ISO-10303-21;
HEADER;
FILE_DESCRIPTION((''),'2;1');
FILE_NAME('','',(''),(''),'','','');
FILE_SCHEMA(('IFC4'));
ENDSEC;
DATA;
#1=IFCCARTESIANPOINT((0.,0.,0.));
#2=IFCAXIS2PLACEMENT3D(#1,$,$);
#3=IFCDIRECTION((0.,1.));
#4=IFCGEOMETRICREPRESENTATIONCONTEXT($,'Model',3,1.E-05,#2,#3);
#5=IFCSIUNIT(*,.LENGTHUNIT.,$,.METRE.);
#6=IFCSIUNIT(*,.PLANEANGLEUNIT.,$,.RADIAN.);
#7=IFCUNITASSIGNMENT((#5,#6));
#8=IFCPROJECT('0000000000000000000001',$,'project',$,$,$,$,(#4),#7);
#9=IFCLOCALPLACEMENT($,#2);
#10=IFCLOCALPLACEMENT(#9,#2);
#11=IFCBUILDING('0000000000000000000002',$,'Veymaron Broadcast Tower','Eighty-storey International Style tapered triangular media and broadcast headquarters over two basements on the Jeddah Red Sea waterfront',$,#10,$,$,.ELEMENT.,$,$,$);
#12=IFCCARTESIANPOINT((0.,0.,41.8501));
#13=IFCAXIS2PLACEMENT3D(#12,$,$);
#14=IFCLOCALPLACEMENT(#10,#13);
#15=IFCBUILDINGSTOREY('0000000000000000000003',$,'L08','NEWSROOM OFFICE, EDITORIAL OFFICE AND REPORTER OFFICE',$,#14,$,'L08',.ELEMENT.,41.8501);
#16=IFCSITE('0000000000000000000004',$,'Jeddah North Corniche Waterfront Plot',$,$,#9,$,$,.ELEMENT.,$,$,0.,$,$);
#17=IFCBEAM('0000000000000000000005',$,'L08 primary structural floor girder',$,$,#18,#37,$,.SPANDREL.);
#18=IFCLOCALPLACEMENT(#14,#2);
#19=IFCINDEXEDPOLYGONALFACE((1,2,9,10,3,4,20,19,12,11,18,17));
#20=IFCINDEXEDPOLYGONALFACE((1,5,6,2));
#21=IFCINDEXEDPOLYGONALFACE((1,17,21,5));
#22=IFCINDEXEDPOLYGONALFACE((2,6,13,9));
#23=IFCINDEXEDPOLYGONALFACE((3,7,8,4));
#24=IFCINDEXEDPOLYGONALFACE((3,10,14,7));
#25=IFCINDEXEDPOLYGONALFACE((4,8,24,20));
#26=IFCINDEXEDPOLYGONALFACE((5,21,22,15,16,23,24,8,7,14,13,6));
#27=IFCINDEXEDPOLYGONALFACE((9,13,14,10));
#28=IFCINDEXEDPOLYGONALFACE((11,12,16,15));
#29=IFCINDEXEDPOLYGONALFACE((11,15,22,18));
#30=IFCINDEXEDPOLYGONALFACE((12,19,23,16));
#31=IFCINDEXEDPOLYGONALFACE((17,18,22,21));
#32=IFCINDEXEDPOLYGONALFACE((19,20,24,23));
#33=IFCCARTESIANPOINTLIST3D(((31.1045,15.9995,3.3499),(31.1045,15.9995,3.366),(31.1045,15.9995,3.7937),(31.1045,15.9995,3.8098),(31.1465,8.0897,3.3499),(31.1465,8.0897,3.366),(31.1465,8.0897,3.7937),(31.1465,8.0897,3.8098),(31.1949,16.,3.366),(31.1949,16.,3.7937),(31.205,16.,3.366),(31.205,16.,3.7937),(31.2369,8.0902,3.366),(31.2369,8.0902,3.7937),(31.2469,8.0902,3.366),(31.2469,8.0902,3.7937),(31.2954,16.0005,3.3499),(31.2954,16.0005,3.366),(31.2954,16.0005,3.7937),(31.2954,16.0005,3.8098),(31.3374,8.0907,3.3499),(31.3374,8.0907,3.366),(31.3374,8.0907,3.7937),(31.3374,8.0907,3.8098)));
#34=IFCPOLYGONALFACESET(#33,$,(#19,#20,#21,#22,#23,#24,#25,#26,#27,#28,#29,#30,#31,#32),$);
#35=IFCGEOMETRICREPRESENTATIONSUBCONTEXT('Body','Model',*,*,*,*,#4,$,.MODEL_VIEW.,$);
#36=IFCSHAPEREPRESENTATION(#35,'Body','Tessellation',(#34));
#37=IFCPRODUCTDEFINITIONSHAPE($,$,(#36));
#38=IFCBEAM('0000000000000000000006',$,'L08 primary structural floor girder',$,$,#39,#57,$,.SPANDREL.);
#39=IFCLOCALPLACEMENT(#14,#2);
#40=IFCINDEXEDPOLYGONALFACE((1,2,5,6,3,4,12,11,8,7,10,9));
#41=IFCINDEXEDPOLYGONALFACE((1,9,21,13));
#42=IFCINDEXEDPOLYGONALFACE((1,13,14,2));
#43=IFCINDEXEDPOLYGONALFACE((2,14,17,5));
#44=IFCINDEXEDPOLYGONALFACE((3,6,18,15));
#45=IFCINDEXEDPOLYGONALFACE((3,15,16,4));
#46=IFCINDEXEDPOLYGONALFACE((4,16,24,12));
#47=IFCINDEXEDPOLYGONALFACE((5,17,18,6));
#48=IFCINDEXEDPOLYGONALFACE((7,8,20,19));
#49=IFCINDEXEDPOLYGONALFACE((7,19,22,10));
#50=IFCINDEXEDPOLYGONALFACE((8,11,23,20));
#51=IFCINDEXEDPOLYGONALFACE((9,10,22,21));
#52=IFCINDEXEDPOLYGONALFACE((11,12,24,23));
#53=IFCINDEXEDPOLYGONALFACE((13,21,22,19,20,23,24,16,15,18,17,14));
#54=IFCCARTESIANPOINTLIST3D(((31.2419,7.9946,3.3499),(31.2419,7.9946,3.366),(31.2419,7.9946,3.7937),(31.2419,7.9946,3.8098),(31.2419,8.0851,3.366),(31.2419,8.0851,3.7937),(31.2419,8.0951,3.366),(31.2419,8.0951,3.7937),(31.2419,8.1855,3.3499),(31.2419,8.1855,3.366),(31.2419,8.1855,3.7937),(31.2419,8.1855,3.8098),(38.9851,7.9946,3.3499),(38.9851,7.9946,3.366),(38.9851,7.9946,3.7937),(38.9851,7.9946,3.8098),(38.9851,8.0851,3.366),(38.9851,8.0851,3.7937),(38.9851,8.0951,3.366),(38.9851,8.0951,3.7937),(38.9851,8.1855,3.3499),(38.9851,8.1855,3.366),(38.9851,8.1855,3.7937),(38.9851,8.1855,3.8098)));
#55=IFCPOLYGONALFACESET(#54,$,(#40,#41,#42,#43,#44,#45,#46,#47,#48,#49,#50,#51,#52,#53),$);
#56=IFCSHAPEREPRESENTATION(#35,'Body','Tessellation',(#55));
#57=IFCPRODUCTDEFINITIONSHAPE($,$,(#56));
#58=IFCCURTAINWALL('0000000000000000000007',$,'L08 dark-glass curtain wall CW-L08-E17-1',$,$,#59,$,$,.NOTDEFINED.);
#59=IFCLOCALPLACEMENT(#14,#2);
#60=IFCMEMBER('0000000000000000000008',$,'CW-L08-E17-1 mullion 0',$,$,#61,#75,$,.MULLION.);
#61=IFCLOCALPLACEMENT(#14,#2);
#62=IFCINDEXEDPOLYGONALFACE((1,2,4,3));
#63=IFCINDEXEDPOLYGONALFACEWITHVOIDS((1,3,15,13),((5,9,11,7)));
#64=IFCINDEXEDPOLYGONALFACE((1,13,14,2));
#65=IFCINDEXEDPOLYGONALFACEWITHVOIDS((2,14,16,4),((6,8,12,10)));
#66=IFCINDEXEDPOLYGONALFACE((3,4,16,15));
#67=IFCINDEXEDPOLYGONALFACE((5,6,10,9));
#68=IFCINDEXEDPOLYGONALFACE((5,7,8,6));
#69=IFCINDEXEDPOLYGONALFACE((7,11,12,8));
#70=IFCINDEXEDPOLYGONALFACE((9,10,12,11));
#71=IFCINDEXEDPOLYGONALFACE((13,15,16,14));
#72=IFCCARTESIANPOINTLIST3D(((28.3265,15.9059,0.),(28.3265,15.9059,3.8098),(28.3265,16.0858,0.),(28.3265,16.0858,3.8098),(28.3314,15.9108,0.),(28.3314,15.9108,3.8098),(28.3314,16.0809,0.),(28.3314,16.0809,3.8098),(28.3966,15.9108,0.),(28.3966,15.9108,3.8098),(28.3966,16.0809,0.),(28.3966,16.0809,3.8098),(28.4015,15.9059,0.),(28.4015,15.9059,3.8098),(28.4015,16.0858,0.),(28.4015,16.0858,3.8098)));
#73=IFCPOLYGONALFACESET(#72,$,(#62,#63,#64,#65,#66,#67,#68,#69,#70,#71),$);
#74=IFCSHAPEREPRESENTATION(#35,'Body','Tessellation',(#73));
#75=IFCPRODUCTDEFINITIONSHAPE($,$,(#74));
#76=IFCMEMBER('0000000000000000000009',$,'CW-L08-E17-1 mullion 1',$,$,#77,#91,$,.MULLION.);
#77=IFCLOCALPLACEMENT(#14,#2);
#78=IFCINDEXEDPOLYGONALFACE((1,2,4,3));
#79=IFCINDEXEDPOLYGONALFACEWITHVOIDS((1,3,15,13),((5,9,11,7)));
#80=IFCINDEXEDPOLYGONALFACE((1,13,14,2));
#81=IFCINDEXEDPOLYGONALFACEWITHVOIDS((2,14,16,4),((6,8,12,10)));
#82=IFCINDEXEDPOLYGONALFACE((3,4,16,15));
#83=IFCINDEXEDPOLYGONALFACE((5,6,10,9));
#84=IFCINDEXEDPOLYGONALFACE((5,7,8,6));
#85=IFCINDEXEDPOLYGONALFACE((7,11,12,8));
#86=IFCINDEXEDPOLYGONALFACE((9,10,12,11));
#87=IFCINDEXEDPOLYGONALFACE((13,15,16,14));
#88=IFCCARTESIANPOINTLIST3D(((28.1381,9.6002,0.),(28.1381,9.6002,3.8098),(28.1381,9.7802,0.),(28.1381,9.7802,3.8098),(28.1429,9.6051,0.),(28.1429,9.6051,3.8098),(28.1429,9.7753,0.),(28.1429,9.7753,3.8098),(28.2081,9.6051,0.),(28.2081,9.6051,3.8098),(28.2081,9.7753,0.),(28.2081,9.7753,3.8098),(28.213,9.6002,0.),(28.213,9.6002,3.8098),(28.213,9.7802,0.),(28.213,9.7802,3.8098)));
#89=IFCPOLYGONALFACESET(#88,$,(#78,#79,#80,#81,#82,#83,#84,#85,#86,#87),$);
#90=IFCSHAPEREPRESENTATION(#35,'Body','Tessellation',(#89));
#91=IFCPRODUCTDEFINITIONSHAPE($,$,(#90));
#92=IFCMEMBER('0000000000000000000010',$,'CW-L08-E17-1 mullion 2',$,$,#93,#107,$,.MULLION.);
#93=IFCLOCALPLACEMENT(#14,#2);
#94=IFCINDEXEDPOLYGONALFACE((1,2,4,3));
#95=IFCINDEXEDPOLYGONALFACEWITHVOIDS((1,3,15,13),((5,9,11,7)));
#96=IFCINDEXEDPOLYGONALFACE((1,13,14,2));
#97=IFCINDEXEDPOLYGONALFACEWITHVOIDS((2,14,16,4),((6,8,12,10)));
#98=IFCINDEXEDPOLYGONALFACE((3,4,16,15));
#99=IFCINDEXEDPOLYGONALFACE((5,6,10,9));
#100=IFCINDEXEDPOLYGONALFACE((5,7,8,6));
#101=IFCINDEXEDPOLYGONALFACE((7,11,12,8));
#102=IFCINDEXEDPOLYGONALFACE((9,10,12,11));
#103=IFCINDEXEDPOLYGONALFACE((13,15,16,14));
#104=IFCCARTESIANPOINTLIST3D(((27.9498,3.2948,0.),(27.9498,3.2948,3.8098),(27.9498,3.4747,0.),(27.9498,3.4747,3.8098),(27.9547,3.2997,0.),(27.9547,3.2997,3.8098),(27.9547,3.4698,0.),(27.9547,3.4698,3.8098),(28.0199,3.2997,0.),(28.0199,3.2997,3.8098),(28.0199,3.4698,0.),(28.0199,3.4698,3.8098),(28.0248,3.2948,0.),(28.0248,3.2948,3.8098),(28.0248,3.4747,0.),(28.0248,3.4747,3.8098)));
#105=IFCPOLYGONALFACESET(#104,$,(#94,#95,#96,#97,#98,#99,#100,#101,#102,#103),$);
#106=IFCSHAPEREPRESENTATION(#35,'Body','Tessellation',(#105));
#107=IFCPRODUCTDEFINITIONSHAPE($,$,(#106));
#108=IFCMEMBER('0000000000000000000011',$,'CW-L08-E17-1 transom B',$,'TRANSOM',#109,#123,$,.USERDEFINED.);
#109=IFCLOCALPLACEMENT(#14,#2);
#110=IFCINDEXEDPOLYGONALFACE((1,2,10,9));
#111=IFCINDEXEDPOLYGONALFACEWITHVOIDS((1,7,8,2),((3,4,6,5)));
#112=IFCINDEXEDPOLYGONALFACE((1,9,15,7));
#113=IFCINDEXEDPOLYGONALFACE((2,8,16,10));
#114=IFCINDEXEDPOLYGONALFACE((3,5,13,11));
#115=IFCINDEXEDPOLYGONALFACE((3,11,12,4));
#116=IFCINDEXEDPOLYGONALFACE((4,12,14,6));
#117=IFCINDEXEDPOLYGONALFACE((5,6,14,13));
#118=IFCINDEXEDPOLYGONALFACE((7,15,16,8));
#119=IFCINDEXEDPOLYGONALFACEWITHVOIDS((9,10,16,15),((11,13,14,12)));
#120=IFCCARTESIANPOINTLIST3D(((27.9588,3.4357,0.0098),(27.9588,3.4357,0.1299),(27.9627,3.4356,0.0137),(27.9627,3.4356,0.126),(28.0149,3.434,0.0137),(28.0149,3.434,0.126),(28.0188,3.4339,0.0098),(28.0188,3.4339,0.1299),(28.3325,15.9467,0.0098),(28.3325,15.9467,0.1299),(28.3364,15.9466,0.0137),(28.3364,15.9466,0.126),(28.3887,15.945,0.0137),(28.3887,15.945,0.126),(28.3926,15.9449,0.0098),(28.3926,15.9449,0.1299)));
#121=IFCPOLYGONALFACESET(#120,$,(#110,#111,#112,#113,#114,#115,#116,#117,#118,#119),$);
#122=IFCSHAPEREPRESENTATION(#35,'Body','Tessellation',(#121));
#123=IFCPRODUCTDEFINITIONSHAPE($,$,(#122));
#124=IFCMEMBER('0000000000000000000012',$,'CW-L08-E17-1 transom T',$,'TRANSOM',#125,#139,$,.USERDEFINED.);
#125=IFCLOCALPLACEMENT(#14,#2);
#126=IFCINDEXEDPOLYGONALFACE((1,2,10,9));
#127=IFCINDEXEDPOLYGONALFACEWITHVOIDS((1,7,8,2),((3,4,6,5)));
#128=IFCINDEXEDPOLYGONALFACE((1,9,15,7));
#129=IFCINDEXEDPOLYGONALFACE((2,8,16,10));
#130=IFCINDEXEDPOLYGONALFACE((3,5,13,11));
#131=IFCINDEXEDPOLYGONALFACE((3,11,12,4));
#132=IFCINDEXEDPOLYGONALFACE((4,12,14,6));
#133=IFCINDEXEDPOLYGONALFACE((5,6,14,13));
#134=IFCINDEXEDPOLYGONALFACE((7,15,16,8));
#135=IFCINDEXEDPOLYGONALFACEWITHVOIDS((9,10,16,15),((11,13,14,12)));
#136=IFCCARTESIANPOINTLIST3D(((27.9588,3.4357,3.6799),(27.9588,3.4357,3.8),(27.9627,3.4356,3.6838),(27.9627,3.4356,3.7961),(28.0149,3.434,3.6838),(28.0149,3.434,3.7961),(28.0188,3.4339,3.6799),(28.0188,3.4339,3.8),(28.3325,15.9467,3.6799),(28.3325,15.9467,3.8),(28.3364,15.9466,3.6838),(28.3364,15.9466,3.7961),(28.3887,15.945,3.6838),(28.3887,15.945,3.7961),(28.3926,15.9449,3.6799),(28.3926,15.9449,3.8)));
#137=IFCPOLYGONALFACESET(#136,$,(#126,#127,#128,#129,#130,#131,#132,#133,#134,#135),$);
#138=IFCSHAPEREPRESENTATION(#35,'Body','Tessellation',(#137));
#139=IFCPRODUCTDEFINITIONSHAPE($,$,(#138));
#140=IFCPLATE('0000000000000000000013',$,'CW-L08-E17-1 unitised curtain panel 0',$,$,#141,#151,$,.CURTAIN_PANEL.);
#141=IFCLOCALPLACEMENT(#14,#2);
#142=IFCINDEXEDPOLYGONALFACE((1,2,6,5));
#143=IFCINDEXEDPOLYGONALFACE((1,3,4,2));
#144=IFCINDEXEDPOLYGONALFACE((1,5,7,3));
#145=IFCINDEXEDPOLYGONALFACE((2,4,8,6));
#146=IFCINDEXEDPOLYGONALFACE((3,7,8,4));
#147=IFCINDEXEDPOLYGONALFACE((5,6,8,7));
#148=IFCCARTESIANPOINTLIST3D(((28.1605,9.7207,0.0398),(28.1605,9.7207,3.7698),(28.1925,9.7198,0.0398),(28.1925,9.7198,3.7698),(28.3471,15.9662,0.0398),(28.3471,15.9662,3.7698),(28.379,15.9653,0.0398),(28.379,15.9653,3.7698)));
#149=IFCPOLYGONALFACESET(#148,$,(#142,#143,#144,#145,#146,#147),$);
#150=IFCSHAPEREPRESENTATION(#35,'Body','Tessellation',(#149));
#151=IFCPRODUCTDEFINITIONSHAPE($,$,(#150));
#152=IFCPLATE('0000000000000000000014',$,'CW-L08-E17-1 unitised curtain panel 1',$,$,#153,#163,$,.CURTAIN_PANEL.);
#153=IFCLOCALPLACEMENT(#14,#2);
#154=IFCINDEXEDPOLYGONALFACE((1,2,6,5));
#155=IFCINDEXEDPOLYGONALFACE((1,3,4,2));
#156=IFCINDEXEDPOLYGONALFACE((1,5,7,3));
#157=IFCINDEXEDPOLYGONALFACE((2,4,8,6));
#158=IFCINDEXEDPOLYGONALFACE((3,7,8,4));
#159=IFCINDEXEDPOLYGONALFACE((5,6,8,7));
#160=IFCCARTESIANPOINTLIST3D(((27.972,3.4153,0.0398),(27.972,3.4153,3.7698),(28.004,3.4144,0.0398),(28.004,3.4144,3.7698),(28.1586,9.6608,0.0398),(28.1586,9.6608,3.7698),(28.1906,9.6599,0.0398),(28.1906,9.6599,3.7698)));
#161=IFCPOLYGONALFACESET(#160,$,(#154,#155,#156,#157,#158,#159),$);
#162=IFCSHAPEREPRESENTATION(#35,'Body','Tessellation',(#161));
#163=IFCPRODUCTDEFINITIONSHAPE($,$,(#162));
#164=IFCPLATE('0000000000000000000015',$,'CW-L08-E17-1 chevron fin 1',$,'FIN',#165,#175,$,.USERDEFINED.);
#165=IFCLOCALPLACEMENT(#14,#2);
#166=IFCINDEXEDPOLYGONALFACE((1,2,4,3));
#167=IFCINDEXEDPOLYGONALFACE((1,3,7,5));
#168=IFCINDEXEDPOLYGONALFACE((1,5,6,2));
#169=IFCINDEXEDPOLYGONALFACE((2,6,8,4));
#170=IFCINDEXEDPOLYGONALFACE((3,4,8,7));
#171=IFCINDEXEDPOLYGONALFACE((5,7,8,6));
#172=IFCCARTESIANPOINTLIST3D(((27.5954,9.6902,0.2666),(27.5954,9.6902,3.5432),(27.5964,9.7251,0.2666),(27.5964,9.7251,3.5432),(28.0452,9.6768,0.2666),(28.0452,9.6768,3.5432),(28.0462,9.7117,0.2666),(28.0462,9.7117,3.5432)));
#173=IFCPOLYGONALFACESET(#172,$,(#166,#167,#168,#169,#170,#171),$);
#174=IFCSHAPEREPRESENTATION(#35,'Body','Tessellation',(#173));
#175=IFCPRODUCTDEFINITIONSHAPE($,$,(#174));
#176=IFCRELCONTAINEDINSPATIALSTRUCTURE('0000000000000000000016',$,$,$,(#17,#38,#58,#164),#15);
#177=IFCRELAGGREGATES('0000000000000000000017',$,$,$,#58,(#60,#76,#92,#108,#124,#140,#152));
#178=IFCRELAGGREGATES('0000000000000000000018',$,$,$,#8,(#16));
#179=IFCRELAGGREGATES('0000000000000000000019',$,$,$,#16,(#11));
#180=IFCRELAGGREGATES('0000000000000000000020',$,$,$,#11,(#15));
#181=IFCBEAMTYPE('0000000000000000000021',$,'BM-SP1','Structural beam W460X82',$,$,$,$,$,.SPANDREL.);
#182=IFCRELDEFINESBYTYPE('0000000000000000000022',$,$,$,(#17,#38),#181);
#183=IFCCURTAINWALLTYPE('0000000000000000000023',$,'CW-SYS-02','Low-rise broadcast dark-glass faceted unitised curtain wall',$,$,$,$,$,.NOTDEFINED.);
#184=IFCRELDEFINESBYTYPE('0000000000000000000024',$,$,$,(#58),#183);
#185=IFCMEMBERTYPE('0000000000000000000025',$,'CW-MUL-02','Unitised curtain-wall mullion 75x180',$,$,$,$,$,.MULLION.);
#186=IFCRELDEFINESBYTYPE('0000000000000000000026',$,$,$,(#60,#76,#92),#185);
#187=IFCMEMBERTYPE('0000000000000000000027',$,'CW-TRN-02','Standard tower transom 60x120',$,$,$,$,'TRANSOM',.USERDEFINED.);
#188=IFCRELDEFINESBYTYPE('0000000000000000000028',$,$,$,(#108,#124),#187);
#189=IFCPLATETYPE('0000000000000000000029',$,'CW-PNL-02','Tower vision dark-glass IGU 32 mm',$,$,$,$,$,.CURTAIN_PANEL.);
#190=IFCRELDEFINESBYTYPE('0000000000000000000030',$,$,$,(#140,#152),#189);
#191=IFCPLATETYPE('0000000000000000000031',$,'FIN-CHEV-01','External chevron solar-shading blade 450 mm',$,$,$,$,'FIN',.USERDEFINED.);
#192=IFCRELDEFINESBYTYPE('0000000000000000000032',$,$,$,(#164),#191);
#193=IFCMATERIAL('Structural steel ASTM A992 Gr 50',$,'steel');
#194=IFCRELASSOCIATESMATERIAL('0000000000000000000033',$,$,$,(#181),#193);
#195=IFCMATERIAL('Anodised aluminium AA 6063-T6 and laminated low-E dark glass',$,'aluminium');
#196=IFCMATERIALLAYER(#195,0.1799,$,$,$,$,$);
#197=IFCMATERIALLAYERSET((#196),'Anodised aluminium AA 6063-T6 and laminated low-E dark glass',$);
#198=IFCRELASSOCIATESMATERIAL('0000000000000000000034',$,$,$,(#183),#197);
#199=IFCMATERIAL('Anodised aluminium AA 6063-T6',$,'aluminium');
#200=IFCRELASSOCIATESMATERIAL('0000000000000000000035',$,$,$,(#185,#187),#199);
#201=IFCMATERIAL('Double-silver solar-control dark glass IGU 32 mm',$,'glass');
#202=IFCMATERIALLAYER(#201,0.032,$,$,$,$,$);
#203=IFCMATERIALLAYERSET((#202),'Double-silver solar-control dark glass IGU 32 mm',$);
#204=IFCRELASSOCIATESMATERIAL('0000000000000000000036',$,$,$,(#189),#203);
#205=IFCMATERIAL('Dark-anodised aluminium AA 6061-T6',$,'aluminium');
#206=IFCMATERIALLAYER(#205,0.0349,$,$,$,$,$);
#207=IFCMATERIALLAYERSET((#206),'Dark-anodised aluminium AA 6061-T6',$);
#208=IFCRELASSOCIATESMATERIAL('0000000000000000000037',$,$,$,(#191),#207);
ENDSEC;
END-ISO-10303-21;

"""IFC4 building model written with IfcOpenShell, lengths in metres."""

from ifc_helpers import new_model, si_unit, direction, frame, origin, origin_2d, place, context, subcontext, project, spatial, rectangle, hollow_rectangle, i_section, extrude, material, layer, layer_set, material_profile, profile_set, type_object, element, aggregate, save


model = new_model("IFC4")

# Units and contexts
model_context = context("Model", 3, precision=1e-05, world=origin(), true_north=direction((0.0, 1.0)))
body_context = subcontext(model_context, "Body", "Model", "MODEL_VIEW")
ifc_project = project(units=[si_unit("LENGTHUNIT", "METRE"), si_unit("PLANEANGLEUNIT", "RADIAN")], contexts=[model_context])

# Site, building, storey
site_placement = place(None, origin())
site = spatial("IfcSite", under=ifc_project, at=site_placement, Name="Jeddah North Corniche Waterfront Plot", CompositionType="ELEMENT", RefElevation=0.0)
building_placement = place(site_placement, origin())
building = spatial("IfcBuilding", under=site, at=building_placement, Name="Veymaron Broadcast Tower", Description="Eighty-storey International Style tapered triangular media and broadcast headquarters over two basements on the Jeddah Red Sea waterfront", CompositionType="ELEMENT")
storey_placement = place(building_placement, frame((0.0, 0.0, 41.8501)))
storey = spatial("IfcBuildingStorey", under=building, at=storey_placement, Name="L08", Description="NEWSROOM OFFICE, EDITORIAL OFFICE AND REPORTER OFFICE", LongName="L08", CompositionType="ELEMENT", Elevation=41.8501)

# Beams
ifc_material_1 = material(Name="Structural steel ASTM A992 Gr 50", Category="steel")
ifc_material_profile_1 = material_profile(ifc_material_1, i_section(OverallWidth=0.1909, OverallDepth=0.46, WebThickness=0.01, FlangeThickness=0.0161, at=origin_2d()), Name="W460X82")
ifc_profile_set_1 = profile_set([ifc_material_profile_1], Name="Structural steel ASTM A992 Gr 50")
beam_type_1 = type_object("IfcBeamType", Name="BM-SP1", Description="Structural beam W460X82", PredefinedType="SPANDREL", material=ifc_profile_set_1)
beam_1_placement = place(storey_placement, frame((31.2, 16.0, 3.5798), z_axis=(0.005309, -0.999986, 0.0), x_axis=(0.999986, 0.005309, 0.0)))
element("IfcBeam", 1, at=beam_1_placement, inside=storey, type_object=beam_type_1, Name="L08 primary structural floor girder", PredefinedType="SPANDREL", context=body_context, shape_type="SweptSolid", body=[
    extrude(i_section(OverallWidth=0.1909, OverallDepth=0.46, WebThickness=0.01, FlangeThickness=0.0161, at=origin_2d()), origin(), (0.0, 0.0, 1.0), 7.9099),
])
beam_2_placement = place(storey_placement, frame((31.2419, 8.0901, 3.5798), z_axis=(1.0, 0.0, 0.0), x_axis=(0.0, 1.0, 0.0)))
element("IfcBeam", 2, at=beam_2_placement, inside=storey, type_object=beam_type_1, Name="L08 primary structural floor girder", PredefinedType="SPANDREL", context=body_context, shape_type="SweptSolid", body=[
    extrude(i_section(OverallWidth=0.1909, OverallDepth=0.46, WebThickness=0.01, FlangeThickness=0.0161, at=origin_2d()), origin(), (0.0, 0.0, 1.0), 7.7432),
])

# Curtain wall, members, plates
ifc_material_2 = material(Name="Anodised aluminium AA 6063-T6 and laminated low-E dark glass", Category="aluminium")
ifc_layer_1 = layer(ifc_material_2, 0.1799)
ifc_layer_set_1 = layer_set([ifc_layer_1], Name="Anodised aluminium AA 6063-T6 and laminated low-E dark glass")
curtain_wall_type = type_object("IfcCurtainWallType", Name="CW-SYS-02", Description="Low-rise broadcast dark-glass faceted unitised curtain wall", PredefinedType="NOTDEFINED", material=ifc_layer_set_1)
curtain_wall_placement = place(storey_placement, origin())
curtain_wall = element("IfcCurtainWall", 3, at=curtain_wall_placement, inside=storey, type_object=curtain_wall_type, Name="L08 dark-glass curtain wall CW-L08-E17-1", PredefinedType="NOTDEFINED")
ifc_material_3 = material(Name="Anodised aluminium AA 6063-T6", Category="aluminium")
ifc_material_profile_2 = material_profile(ifc_material_3, hollow_rectangle(XDim=0.075, YDim=0.1799, WallThickness=0.0049, at=origin_2d()), Name="AL180X75X5")
ifc_profile_set_2 = profile_set([ifc_material_profile_2], Name="Anodised aluminium AA 6063-T6")
member_type_1 = type_object("IfcMemberType", Name="CW-MUL-02", Description="Unitised curtain-wall mullion 75x180", PredefinedType="MULLION", material=ifc_profile_set_2)
member_1_placement = place(storey_placement, frame((28.364, 15.9958, 0.0), z_axis=(0.0, 0.0, 1.0), x_axis=(1.0, 0.0, 0.0)))
member_1 = element("IfcMember", 4, at=member_1_placement, type_object=member_type_1, Name="CW-L08-E17-1 mullion 0", PredefinedType="MULLION", context=body_context, shape_type="SweptSolid", body=[
    extrude(hollow_rectangle(XDim=0.075, YDim=0.1799, WallThickness=0.0049, at=origin_2d()), origin(), (0.0, 0.0, 1.0), 3.8098),
])
member_2_placement = place(storey_placement, frame((28.1755, 9.6902, 0.0), z_axis=(0.0, 0.0, 1.0), x_axis=(1.0, 0.0, 0.0)))
member_2 = element("IfcMember", 5, at=member_2_placement, type_object=member_type_1, Name="CW-L08-E17-1 mullion 1", PredefinedType="MULLION", context=body_context, shape_type="SweptSolid", body=[
    extrude(hollow_rectangle(XDim=0.075, YDim=0.1799, WallThickness=0.0049, at=origin_2d()), origin(), (0.0, 0.0, 1.0), 3.8098),
])
member_3_placement = place(storey_placement, frame((27.9873, 3.3848, 0.0), z_axis=(0.0, 0.0, 1.0), x_axis=(1.0, 0.0, 0.0)))
member_3 = element("IfcMember", 6, at=member_3_placement, type_object=member_type_1, Name="CW-L08-E17-1 mullion 2", PredefinedType="MULLION", context=body_context, shape_type="SweptSolid", body=[
    extrude(hollow_rectangle(XDim=0.075, YDim=0.1799, WallThickness=0.0049, at=origin_2d()), origin(), (0.0, 0.0, 1.0), 3.8098),
])
ifc_material_profile_3 = material_profile(ifc_material_3, hollow_rectangle(XDim=0.0601, YDim=0.1201, WallThickness=0.0039, at=origin_2d()), Name="AL120X60X4")
ifc_profile_set_3 = profile_set([ifc_material_profile_3], Name="Anodised aluminium AA 6063-T6")
member_type_2 = type_object("IfcMemberType", Name="CW-TRN-02", Description="Standard tower transom 60x120", ElementType="TRANSOM", PredefinedType="USERDEFINED", material=ifc_profile_set_3)
member_4_placement = place(storey_placement, frame((28.3625, 15.9458, 0.0698), z_axis=(-0.029863, -0.999554, 0.0), x_axis=(0.999554, -0.029863, 0.0)))
member_4 = element("IfcMember", 7, at=member_4_placement, type_object=member_type_2, Name="CW-L08-E17-1 transom B", ObjectType="TRANSOM", PredefinedType="USERDEFINED", context=body_context, shape_type="SweptSolid", body=[
    extrude(hollow_rectangle(XDim=0.0601, YDim=0.1201, WallThickness=0.0039, at=origin_2d()), origin(), (0.0, 0.0, 1.0), 12.5166),
])
member_5_placement = place(storey_placement, frame((28.3625, 15.9458, 3.74), z_axis=(-0.029863, -0.999554, 0.0), x_axis=(0.999554, -0.029863, 0.0)))
member_5 = element("IfcMember", 8, at=member_5_placement, type_object=member_type_2, Name="CW-L08-E17-1 transom T", ObjectType="TRANSOM", PredefinedType="USERDEFINED", context=body_context, shape_type="SweptSolid", body=[
    extrude(hollow_rectangle(XDim=0.0601, YDim=0.1201, WallThickness=0.0039, at=origin_2d()), origin(), (0.0, 0.0, 1.0), 12.5166),
])
ifc_material_4 = material(Name="Double-silver solar-control dark glass IGU 32 mm", Category="glass")
ifc_layer_2 = layer(ifc_material_4, 0.032)
ifc_layer_set_2 = layer_set([ifc_layer_2], Name="Double-silver solar-control dark glass IGU 32 mm")
plate_type_1 = type_object("IfcPlateType", Name="CW-PNL-02", Description="Tower vision dark-glass IGU 32 mm", PredefinedType="CURTAIN_PANEL", material=ifc_layer_set_2)
plate_1_placement = place(storey_placement, frame((28.2698, 12.843, 0.0398), z_axis=(0.0, 0.0, 1.0), x_axis=(-0.029858, -0.999554, 0.0)))
plate_1 = element("IfcPlate", 9, at=plate_1_placement, type_object=plate_type_1, Name="CW-L08-E17-1 unitised curtain panel 0", PredefinedType="CURTAIN_PANEL", context=body_context, shape_type="SweptSolid", body=[
    extrude(rectangle(XDim=6.2483, YDim=0.032, at=origin_2d()), origin(), (0.0, 0.0, 1.0), 3.73),
])
plate_2_placement = place(storey_placement, frame((28.0813, 6.5376, 0.0398), z_axis=(0.0, 0.0, 1.0), x_axis=(-0.029858, -0.999554, 0.0)))
plate_2 = element("IfcPlate", 10, at=plate_2_placement, type_object=plate_type_1, Name="CW-L08-E17-1 unitised curtain panel 1", PredefinedType="CURTAIN_PANEL", context=body_context, shape_type="SweptSolid", body=[
    extrude(rectangle(XDim=6.2483, YDim=0.032, at=origin_2d()), origin(), (0.0, 0.0, 1.0), 3.73),
])
aggregate(curtain_wall, [member_1, member_2, member_3, member_4, member_5, plate_1, plate_2])

# Plate
ifc_material_5 = material(Name="Dark-anodised aluminium AA 6061-T6", Category="aluminium")
ifc_layer_3 = layer(ifc_material_5, 0.0349)
ifc_layer_set_3 = layer_set([ifc_layer_3], Name="Dark-anodised aluminium AA 6061-T6")
plate_type_2 = type_object("IfcPlateType", Name="FIN-CHEV-01", Description="External chevron solar-shading blade 450 mm", ElementType="FIN", PredefinedType="USERDEFINED", material=ifc_layer_set_3)
plate_3_placement = place(storey_placement, frame((27.8208, 9.7009, 0.2666), z_axis=(0.0, 0.0, 1.0), x_axis=(-0.999554, 0.029858, 0.0)))
element("IfcPlate", 11, at=plate_3_placement, inside=storey, type_object=plate_type_2, Name="CW-L08-E17-1 chevron fin 1", ObjectType="FIN", PredefinedType="USERDEFINED", context=body_context, shape_type="SweptSolid", body=[
    extrude(rectangle(XDim=0.45, YDim=0.0349, at=origin_2d()), origin(), (0.0, 0.0, 1.0), 3.2766),
])

save(model, "model.ifc")
